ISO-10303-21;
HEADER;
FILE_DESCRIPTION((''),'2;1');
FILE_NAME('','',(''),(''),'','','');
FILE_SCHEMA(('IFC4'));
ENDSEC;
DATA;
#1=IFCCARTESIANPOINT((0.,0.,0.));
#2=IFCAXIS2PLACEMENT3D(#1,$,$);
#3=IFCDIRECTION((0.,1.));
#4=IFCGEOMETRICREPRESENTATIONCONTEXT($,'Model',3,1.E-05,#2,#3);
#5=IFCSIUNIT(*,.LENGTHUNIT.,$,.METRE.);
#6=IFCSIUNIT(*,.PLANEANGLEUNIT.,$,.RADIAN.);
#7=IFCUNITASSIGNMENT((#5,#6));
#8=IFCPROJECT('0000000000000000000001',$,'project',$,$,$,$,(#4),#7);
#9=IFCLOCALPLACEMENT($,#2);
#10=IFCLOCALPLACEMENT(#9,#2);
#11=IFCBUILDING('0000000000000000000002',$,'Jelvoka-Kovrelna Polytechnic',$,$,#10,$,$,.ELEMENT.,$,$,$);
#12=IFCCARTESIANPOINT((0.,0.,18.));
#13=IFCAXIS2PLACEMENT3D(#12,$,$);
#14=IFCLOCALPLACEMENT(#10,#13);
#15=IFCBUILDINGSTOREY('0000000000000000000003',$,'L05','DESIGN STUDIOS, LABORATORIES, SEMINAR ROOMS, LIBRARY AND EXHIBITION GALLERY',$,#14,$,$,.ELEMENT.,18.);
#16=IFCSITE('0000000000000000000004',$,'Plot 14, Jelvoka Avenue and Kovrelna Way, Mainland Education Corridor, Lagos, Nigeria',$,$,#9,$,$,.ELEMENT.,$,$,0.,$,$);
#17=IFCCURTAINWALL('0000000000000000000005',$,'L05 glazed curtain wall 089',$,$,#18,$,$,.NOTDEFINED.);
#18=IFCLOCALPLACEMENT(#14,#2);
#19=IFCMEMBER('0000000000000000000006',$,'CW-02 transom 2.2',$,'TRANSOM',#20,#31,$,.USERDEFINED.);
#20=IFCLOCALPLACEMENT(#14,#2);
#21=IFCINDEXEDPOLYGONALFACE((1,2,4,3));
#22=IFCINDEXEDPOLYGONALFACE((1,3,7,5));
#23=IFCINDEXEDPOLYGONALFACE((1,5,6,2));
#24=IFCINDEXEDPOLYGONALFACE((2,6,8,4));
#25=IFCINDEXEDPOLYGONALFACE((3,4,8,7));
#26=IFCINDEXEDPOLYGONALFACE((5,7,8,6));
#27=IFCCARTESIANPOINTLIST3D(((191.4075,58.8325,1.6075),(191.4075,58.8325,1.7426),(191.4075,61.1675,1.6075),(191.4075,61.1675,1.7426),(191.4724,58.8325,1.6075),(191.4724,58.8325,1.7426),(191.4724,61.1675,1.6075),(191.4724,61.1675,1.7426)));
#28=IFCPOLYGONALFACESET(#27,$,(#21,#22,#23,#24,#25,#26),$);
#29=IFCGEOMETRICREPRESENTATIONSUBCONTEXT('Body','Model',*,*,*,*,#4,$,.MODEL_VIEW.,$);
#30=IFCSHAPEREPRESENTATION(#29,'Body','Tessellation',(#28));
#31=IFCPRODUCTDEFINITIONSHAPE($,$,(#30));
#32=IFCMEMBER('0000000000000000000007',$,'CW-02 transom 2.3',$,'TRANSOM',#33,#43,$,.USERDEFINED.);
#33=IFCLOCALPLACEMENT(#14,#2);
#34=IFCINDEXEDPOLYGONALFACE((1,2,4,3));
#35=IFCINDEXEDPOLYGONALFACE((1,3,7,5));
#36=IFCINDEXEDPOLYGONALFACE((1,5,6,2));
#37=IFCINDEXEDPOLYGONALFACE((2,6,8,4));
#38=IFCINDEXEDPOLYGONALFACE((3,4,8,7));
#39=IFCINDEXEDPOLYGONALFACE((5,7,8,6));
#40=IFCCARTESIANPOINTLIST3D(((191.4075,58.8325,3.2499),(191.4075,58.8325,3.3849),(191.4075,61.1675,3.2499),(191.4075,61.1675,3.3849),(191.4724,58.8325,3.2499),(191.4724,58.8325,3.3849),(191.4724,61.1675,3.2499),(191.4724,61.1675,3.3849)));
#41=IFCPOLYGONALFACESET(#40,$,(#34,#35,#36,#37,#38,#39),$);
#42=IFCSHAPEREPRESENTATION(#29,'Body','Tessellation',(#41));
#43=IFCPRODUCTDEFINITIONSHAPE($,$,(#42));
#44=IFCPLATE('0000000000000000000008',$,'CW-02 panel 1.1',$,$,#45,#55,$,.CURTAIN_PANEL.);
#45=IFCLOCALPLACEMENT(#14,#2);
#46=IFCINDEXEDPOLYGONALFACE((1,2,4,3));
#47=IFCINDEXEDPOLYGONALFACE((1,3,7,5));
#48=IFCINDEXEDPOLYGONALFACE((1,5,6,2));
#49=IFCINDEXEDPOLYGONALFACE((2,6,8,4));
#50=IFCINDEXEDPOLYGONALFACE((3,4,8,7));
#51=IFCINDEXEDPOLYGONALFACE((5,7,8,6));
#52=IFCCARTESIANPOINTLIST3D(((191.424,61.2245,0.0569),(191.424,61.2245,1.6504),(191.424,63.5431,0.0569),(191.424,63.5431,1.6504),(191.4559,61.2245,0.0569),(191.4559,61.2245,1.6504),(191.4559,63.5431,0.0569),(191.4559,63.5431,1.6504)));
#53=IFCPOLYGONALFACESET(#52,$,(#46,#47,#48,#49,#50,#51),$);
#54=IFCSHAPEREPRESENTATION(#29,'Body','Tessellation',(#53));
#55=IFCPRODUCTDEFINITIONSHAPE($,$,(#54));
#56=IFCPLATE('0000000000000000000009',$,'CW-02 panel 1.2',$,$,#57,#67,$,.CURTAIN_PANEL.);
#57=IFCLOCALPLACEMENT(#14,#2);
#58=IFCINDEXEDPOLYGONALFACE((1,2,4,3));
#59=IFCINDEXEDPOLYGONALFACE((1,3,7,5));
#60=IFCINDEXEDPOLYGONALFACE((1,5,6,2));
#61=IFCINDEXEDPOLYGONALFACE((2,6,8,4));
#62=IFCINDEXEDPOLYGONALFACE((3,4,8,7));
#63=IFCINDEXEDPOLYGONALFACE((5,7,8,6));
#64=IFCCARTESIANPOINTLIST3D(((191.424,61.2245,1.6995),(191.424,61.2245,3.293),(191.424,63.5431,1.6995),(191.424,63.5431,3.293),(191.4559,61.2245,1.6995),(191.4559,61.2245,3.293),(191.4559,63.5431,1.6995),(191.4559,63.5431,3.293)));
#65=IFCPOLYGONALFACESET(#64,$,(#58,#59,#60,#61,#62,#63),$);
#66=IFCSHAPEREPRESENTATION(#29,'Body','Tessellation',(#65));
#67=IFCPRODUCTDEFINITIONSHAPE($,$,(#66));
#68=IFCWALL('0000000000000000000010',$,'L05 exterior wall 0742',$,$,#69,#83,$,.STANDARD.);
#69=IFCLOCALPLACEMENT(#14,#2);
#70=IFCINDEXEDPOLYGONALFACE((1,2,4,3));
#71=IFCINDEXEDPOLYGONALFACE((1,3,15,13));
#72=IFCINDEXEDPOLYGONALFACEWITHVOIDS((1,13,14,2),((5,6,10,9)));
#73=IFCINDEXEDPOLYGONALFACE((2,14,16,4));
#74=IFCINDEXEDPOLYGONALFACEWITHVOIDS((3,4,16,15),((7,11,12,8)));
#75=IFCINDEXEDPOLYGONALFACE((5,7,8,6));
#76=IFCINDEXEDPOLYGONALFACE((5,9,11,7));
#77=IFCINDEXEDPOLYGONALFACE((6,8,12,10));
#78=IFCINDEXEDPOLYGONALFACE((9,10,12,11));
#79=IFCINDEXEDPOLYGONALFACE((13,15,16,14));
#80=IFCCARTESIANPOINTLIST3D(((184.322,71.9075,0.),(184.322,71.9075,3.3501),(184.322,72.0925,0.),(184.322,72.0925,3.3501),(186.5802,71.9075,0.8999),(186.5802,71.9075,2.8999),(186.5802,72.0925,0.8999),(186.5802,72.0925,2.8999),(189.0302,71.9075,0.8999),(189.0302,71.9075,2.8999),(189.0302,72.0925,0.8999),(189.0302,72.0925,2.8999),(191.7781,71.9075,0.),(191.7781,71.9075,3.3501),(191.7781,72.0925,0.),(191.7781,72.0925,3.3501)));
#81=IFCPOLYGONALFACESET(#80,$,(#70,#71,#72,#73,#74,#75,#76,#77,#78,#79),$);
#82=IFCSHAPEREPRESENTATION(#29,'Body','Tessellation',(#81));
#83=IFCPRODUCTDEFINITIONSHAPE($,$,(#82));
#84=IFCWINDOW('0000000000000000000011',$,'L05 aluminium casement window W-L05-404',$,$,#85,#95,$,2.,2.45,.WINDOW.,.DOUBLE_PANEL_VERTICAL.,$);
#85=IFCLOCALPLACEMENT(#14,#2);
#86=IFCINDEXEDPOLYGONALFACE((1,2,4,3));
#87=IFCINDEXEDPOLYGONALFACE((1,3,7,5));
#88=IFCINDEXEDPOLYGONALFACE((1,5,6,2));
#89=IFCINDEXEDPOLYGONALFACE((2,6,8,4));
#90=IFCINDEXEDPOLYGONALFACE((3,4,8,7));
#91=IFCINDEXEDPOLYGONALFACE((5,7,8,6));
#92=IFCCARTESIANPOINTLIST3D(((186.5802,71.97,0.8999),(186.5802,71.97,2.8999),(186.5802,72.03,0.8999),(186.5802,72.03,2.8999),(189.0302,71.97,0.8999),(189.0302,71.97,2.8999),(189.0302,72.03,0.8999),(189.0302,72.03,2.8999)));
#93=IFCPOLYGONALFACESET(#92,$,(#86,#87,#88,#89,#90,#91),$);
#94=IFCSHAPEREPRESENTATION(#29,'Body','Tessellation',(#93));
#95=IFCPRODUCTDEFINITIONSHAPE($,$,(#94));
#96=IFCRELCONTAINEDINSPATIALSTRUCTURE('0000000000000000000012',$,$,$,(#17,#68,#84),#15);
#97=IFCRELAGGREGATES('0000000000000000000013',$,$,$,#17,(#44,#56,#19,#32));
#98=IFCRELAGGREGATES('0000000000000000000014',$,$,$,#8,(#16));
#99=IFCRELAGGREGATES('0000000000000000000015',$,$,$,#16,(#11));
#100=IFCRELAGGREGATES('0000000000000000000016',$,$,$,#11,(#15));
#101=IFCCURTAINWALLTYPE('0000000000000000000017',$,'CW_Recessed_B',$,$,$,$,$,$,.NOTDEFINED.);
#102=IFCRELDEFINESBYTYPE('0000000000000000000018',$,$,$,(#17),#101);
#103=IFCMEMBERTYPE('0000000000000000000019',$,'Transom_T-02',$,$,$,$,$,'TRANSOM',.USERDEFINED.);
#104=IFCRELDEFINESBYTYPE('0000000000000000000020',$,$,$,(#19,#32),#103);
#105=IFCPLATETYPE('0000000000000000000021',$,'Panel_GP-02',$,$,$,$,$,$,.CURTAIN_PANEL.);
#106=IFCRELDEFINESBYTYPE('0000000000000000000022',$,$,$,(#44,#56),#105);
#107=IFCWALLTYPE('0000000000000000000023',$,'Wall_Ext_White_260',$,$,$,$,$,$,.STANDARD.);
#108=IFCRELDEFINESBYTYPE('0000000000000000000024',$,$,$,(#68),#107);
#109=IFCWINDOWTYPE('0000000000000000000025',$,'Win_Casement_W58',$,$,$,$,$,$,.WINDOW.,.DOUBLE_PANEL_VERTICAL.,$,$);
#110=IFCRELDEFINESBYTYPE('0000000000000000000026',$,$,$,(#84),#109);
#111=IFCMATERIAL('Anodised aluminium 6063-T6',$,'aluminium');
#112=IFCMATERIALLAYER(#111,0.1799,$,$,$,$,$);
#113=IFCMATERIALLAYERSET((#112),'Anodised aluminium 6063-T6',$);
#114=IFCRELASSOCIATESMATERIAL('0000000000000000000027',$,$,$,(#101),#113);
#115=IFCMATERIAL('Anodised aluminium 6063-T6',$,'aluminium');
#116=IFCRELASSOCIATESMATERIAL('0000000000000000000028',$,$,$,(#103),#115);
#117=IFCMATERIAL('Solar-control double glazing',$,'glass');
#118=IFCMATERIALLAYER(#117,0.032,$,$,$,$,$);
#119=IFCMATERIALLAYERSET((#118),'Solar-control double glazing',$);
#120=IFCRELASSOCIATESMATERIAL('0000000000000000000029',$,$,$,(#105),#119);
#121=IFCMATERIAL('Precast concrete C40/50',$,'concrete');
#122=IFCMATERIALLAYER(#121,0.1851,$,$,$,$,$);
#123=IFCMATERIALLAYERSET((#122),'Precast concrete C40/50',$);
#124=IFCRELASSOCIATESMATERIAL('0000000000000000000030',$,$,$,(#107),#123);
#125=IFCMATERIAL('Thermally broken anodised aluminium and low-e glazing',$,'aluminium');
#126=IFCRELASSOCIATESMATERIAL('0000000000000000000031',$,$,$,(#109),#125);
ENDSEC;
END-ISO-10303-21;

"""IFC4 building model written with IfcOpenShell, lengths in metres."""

from ifc_helpers import new_model, si_unit, direction, frame, frame_2d, origin, origin_2d, place, context, subcontext, project, spatial, rectangle, extrude, material, layer, layer_set, material_profile, profile_set, type_object, element, fill, aggregate, save


model = new_model("IFC4")

# Units and contexts
model_context = context("Model", 3, precision=1e-05, world=origin(), true_north=direction((0.0, 1.0)))
body_context = subcontext(model_context, "Body", "Model", "MODEL_VIEW")
ifc_project = project(units=[si_unit("LENGTHUNIT", "METRE"), si_unit("PLANEANGLEUNIT", "RADIAN")], contexts=[model_context])

# Site, building, storey
site_placement = place(None, origin())
site = spatial("IfcSite", under=ifc_project, at=site_placement, Name="Plot 14, Jelvoka Avenue and Kovrelna Way, Mainland Education Corridor, Lagos, Nigeria", CompositionType="ELEMENT", RefElevation=0.0)
building_placement = place(site_placement, origin())
building = spatial("IfcBuilding", under=site, at=building_placement, Name="Jelvoka-Kovrelna Polytechnic", CompositionType="ELEMENT")
storey_placement = place(building_placement, frame((0.0, 0.0, 18.0)))
storey = spatial("IfcBuildingStorey", under=building, at=storey_placement, Name="L05", Description="DESIGN STUDIOS, LABORATORIES, SEMINAR ROOMS, LIBRARY AND EXHIBITION GALLERY", CompositionType="ELEMENT", Elevation=18.0)

# Curtain wall
ifc_material_1 = material(Name="Anodised aluminium 6063-T6", Category="aluminium")
ifc_layer_1 = layer(ifc_material_1, 0.1799)
ifc_layer_set_1 = layer_set([ifc_layer_1], Name="Anodised aluminium 6063-T6")
curtain_wall_type = type_object("IfcCurtainWallType", Name="CW_Recessed_B", PredefinedType="NOTDEFINED", material=ifc_layer_set_1)
curtain_wall_placement = place(storey_placement, origin())
curtain_wall = element("IfcCurtainWall", 1, at=curtain_wall_placement, inside=storey, type_object=curtain_wall_type, Name="L05 glazed curtain wall 089", PredefinedType="NOTDEFINED")

# Members
ifc_material_2 = material(Name="Anodised aluminium 6063-T6", Category="aluminium")
ifc_material_profile_1 = material_profile(ifc_material_2, rectangle(XDim=0.0649, YDim=0.135, at=origin_2d()), Name="ALU 65x135")
ifc_profile_set_1 = profile_set([ifc_material_profile_1], Name="Anodised aluminium 6063-T6")
member_type_1 = type_object("IfcMemberType", Name="Transom_T-02", ElementType="TRANSOM", PredefinedType="USERDEFINED", material=ifc_profile_set_1)
member_1_placement = place(storey_placement, frame((191.4399, 61.1675, 1.675), z_axis=(0.0, -1.0, 0.0), x_axis=(1.0, 0.0, 0.0)))
member_1 = element("IfcMember", 2, at=member_1_placement, type_object=member_type_1, Name="CW-02 transom 2.2", ObjectType="TRANSOM", PredefinedType="USERDEFINED", context=body_context, shape_type="SweptSolid", body=[
    extrude(rectangle(XDim=0.0649, YDim=0.135, at=origin_2d()), origin(), (0.0, 0.0, 1.0), 2.335),
])
member_2_placement = place(storey_placement, frame((191.4399, 61.1675, 3.3174), z_axis=(0.0, -1.0, 0.0), x_axis=(1.0, 0.0, 0.0)))
member_2 = element("IfcMember", 3, at=member_2_placement, type_object=member_type_1, Name="CW-02 transom 2.3", ObjectType="TRANSOM", PredefinedType="USERDEFINED", context=body_context, shape_type="SweptSolid", body=[
    extrude(rectangle(XDim=0.0649, YDim=0.135, at=origin_2d()), origin(), (0.0, 0.0, 1.0), 2.335),
])

# Plates
ifc_material_3 = material(Name="Solar-control double glazing", Category="glass")
ifc_layer_2 = layer(ifc_material_3, 0.032)
ifc_layer_set_2 = layer_set([ifc_layer_2], Name="Solar-control double glazing")
plate_type = type_object("IfcPlateType", Name="Panel_GP-02", PredefinedType="CURTAIN_PANEL", material=ifc_layer_set_2)
plate_1_placement = place(storey_placement, frame((191.4399, 62.3838, 0.0569), z_axis=(0.0, 0.0, 1.0), x_axis=(0.0, -1.0, 0.0)))
plate_1 = element("IfcPlate", 4, at=plate_1_placement, type_object=plate_type, Name="CW-02 panel 1.1", PredefinedType="CURTAIN_PANEL", context=body_context, shape_type="SweptSolid", body=[
    extrude(rectangle(XDim=2.3186, YDim=0.032, at=origin_2d()), origin(), (0.0, 0.0, 1.0), 1.5935),
])
plate_2_placement = place(storey_placement, frame((191.4399, 62.3838, 1.6995), z_axis=(0.0, 0.0, 1.0), x_axis=(0.0, -1.0, 0.0)))
plate_2 = element("IfcPlate", 5, at=plate_2_placement, type_object=plate_type, Name="CW-02 panel 1.2", PredefinedType="CURTAIN_PANEL", context=body_context, shape_type="SweptSolid", body=[
    extrude(rectangle(XDim=2.3186, YDim=0.032, at=origin_2d()), origin(), (0.0, 0.0, 1.0), 1.5935),
])
aggregate(curtain_wall, [plate_1, plate_2, member_1, member_2])

# Wall, opening, window
ifc_material_4 = material(Name="Precast concrete C40/50", Category="concrete")
ifc_layer_3 = layer(ifc_material_4, 0.1851)
ifc_layer_set_3 = layer_set([ifc_layer_3], Name="Precast concrete C40/50")
wall_type = type_object("IfcWallType", Name="Wall_Ext_White_260", PredefinedType="STANDARD", material=ifc_layer_set_3)
wall_placement = place(storey_placement, frame((184.322, 72.0, 0.0), z_axis=(0.0, 0.0, 1.0), x_axis=(1.0, 0.0, 0.0)))
wall = element("IfcWall", 6, at=wall_placement, inside=storey, type_object=wall_type, Name="L05 exterior wall 0742", PredefinedType="STANDARD", context=body_context, shape_type="SweptSolid", body=[
    extrude(rectangle(XDim=7.4561, YDim=0.1851, at=frame_2d((3.728, 0.0))), origin(), (0.0, 0.0, 1.0), 3.3501),
])
opening_placement = place(wall_placement, frame((2.2581, 0.0, 0.8999)))
opening = element("IfcOpeningElement", 7, at=opening_placement, cuts=wall, PredefinedType="OPENING", context=body_context, shape_type="SweptSolid", body=[
    extrude(rectangle(XDim=2.45, YDim=2.0, at=frame_2d((1.2251, 1.0))), frame((0.0, 0.1025, 0.0), z_axis=(0.0, -1.0, 0.0), x_axis=(1.0, 0.0, 0.0)), (0.0, 0.0, 1.0), 0.2051),
])
ifc_material_5 = material(Name="Thermally broken anodised aluminium and low-e glazing", Category="aluminium")
window_type = type_object("IfcWindowType", Name="Win_Casement_W58", PartitioningType="DOUBLE_PANEL_VERTICAL", PredefinedType="WINDOW", material=ifc_material_5)
window_placement = place(opening_placement, origin())
window = element("IfcWindow", 8, at=window_placement, inside=storey, type_object=window_type, Name="L05 aluminium casement window W-L05-404", OverallHeight=2.0, OverallWidth=2.45, PartitioningType="DOUBLE_PANEL_VERTICAL", PredefinedType="WINDOW", context=body_context, shape_type="SweptSolid", body=[
    extrude(rectangle(XDim=2.45, YDim=2.0, at=frame_2d((1.2251, 1.0))), frame((0.0, 0.03, 0.0), z_axis=(0.0, -1.0, 0.0), x_axis=(1.0, 0.0, 0.0)), (0.0, 0.0, 1.0), 0.0601),
])
fill(opening, window)

save(model, "model.ifc")
